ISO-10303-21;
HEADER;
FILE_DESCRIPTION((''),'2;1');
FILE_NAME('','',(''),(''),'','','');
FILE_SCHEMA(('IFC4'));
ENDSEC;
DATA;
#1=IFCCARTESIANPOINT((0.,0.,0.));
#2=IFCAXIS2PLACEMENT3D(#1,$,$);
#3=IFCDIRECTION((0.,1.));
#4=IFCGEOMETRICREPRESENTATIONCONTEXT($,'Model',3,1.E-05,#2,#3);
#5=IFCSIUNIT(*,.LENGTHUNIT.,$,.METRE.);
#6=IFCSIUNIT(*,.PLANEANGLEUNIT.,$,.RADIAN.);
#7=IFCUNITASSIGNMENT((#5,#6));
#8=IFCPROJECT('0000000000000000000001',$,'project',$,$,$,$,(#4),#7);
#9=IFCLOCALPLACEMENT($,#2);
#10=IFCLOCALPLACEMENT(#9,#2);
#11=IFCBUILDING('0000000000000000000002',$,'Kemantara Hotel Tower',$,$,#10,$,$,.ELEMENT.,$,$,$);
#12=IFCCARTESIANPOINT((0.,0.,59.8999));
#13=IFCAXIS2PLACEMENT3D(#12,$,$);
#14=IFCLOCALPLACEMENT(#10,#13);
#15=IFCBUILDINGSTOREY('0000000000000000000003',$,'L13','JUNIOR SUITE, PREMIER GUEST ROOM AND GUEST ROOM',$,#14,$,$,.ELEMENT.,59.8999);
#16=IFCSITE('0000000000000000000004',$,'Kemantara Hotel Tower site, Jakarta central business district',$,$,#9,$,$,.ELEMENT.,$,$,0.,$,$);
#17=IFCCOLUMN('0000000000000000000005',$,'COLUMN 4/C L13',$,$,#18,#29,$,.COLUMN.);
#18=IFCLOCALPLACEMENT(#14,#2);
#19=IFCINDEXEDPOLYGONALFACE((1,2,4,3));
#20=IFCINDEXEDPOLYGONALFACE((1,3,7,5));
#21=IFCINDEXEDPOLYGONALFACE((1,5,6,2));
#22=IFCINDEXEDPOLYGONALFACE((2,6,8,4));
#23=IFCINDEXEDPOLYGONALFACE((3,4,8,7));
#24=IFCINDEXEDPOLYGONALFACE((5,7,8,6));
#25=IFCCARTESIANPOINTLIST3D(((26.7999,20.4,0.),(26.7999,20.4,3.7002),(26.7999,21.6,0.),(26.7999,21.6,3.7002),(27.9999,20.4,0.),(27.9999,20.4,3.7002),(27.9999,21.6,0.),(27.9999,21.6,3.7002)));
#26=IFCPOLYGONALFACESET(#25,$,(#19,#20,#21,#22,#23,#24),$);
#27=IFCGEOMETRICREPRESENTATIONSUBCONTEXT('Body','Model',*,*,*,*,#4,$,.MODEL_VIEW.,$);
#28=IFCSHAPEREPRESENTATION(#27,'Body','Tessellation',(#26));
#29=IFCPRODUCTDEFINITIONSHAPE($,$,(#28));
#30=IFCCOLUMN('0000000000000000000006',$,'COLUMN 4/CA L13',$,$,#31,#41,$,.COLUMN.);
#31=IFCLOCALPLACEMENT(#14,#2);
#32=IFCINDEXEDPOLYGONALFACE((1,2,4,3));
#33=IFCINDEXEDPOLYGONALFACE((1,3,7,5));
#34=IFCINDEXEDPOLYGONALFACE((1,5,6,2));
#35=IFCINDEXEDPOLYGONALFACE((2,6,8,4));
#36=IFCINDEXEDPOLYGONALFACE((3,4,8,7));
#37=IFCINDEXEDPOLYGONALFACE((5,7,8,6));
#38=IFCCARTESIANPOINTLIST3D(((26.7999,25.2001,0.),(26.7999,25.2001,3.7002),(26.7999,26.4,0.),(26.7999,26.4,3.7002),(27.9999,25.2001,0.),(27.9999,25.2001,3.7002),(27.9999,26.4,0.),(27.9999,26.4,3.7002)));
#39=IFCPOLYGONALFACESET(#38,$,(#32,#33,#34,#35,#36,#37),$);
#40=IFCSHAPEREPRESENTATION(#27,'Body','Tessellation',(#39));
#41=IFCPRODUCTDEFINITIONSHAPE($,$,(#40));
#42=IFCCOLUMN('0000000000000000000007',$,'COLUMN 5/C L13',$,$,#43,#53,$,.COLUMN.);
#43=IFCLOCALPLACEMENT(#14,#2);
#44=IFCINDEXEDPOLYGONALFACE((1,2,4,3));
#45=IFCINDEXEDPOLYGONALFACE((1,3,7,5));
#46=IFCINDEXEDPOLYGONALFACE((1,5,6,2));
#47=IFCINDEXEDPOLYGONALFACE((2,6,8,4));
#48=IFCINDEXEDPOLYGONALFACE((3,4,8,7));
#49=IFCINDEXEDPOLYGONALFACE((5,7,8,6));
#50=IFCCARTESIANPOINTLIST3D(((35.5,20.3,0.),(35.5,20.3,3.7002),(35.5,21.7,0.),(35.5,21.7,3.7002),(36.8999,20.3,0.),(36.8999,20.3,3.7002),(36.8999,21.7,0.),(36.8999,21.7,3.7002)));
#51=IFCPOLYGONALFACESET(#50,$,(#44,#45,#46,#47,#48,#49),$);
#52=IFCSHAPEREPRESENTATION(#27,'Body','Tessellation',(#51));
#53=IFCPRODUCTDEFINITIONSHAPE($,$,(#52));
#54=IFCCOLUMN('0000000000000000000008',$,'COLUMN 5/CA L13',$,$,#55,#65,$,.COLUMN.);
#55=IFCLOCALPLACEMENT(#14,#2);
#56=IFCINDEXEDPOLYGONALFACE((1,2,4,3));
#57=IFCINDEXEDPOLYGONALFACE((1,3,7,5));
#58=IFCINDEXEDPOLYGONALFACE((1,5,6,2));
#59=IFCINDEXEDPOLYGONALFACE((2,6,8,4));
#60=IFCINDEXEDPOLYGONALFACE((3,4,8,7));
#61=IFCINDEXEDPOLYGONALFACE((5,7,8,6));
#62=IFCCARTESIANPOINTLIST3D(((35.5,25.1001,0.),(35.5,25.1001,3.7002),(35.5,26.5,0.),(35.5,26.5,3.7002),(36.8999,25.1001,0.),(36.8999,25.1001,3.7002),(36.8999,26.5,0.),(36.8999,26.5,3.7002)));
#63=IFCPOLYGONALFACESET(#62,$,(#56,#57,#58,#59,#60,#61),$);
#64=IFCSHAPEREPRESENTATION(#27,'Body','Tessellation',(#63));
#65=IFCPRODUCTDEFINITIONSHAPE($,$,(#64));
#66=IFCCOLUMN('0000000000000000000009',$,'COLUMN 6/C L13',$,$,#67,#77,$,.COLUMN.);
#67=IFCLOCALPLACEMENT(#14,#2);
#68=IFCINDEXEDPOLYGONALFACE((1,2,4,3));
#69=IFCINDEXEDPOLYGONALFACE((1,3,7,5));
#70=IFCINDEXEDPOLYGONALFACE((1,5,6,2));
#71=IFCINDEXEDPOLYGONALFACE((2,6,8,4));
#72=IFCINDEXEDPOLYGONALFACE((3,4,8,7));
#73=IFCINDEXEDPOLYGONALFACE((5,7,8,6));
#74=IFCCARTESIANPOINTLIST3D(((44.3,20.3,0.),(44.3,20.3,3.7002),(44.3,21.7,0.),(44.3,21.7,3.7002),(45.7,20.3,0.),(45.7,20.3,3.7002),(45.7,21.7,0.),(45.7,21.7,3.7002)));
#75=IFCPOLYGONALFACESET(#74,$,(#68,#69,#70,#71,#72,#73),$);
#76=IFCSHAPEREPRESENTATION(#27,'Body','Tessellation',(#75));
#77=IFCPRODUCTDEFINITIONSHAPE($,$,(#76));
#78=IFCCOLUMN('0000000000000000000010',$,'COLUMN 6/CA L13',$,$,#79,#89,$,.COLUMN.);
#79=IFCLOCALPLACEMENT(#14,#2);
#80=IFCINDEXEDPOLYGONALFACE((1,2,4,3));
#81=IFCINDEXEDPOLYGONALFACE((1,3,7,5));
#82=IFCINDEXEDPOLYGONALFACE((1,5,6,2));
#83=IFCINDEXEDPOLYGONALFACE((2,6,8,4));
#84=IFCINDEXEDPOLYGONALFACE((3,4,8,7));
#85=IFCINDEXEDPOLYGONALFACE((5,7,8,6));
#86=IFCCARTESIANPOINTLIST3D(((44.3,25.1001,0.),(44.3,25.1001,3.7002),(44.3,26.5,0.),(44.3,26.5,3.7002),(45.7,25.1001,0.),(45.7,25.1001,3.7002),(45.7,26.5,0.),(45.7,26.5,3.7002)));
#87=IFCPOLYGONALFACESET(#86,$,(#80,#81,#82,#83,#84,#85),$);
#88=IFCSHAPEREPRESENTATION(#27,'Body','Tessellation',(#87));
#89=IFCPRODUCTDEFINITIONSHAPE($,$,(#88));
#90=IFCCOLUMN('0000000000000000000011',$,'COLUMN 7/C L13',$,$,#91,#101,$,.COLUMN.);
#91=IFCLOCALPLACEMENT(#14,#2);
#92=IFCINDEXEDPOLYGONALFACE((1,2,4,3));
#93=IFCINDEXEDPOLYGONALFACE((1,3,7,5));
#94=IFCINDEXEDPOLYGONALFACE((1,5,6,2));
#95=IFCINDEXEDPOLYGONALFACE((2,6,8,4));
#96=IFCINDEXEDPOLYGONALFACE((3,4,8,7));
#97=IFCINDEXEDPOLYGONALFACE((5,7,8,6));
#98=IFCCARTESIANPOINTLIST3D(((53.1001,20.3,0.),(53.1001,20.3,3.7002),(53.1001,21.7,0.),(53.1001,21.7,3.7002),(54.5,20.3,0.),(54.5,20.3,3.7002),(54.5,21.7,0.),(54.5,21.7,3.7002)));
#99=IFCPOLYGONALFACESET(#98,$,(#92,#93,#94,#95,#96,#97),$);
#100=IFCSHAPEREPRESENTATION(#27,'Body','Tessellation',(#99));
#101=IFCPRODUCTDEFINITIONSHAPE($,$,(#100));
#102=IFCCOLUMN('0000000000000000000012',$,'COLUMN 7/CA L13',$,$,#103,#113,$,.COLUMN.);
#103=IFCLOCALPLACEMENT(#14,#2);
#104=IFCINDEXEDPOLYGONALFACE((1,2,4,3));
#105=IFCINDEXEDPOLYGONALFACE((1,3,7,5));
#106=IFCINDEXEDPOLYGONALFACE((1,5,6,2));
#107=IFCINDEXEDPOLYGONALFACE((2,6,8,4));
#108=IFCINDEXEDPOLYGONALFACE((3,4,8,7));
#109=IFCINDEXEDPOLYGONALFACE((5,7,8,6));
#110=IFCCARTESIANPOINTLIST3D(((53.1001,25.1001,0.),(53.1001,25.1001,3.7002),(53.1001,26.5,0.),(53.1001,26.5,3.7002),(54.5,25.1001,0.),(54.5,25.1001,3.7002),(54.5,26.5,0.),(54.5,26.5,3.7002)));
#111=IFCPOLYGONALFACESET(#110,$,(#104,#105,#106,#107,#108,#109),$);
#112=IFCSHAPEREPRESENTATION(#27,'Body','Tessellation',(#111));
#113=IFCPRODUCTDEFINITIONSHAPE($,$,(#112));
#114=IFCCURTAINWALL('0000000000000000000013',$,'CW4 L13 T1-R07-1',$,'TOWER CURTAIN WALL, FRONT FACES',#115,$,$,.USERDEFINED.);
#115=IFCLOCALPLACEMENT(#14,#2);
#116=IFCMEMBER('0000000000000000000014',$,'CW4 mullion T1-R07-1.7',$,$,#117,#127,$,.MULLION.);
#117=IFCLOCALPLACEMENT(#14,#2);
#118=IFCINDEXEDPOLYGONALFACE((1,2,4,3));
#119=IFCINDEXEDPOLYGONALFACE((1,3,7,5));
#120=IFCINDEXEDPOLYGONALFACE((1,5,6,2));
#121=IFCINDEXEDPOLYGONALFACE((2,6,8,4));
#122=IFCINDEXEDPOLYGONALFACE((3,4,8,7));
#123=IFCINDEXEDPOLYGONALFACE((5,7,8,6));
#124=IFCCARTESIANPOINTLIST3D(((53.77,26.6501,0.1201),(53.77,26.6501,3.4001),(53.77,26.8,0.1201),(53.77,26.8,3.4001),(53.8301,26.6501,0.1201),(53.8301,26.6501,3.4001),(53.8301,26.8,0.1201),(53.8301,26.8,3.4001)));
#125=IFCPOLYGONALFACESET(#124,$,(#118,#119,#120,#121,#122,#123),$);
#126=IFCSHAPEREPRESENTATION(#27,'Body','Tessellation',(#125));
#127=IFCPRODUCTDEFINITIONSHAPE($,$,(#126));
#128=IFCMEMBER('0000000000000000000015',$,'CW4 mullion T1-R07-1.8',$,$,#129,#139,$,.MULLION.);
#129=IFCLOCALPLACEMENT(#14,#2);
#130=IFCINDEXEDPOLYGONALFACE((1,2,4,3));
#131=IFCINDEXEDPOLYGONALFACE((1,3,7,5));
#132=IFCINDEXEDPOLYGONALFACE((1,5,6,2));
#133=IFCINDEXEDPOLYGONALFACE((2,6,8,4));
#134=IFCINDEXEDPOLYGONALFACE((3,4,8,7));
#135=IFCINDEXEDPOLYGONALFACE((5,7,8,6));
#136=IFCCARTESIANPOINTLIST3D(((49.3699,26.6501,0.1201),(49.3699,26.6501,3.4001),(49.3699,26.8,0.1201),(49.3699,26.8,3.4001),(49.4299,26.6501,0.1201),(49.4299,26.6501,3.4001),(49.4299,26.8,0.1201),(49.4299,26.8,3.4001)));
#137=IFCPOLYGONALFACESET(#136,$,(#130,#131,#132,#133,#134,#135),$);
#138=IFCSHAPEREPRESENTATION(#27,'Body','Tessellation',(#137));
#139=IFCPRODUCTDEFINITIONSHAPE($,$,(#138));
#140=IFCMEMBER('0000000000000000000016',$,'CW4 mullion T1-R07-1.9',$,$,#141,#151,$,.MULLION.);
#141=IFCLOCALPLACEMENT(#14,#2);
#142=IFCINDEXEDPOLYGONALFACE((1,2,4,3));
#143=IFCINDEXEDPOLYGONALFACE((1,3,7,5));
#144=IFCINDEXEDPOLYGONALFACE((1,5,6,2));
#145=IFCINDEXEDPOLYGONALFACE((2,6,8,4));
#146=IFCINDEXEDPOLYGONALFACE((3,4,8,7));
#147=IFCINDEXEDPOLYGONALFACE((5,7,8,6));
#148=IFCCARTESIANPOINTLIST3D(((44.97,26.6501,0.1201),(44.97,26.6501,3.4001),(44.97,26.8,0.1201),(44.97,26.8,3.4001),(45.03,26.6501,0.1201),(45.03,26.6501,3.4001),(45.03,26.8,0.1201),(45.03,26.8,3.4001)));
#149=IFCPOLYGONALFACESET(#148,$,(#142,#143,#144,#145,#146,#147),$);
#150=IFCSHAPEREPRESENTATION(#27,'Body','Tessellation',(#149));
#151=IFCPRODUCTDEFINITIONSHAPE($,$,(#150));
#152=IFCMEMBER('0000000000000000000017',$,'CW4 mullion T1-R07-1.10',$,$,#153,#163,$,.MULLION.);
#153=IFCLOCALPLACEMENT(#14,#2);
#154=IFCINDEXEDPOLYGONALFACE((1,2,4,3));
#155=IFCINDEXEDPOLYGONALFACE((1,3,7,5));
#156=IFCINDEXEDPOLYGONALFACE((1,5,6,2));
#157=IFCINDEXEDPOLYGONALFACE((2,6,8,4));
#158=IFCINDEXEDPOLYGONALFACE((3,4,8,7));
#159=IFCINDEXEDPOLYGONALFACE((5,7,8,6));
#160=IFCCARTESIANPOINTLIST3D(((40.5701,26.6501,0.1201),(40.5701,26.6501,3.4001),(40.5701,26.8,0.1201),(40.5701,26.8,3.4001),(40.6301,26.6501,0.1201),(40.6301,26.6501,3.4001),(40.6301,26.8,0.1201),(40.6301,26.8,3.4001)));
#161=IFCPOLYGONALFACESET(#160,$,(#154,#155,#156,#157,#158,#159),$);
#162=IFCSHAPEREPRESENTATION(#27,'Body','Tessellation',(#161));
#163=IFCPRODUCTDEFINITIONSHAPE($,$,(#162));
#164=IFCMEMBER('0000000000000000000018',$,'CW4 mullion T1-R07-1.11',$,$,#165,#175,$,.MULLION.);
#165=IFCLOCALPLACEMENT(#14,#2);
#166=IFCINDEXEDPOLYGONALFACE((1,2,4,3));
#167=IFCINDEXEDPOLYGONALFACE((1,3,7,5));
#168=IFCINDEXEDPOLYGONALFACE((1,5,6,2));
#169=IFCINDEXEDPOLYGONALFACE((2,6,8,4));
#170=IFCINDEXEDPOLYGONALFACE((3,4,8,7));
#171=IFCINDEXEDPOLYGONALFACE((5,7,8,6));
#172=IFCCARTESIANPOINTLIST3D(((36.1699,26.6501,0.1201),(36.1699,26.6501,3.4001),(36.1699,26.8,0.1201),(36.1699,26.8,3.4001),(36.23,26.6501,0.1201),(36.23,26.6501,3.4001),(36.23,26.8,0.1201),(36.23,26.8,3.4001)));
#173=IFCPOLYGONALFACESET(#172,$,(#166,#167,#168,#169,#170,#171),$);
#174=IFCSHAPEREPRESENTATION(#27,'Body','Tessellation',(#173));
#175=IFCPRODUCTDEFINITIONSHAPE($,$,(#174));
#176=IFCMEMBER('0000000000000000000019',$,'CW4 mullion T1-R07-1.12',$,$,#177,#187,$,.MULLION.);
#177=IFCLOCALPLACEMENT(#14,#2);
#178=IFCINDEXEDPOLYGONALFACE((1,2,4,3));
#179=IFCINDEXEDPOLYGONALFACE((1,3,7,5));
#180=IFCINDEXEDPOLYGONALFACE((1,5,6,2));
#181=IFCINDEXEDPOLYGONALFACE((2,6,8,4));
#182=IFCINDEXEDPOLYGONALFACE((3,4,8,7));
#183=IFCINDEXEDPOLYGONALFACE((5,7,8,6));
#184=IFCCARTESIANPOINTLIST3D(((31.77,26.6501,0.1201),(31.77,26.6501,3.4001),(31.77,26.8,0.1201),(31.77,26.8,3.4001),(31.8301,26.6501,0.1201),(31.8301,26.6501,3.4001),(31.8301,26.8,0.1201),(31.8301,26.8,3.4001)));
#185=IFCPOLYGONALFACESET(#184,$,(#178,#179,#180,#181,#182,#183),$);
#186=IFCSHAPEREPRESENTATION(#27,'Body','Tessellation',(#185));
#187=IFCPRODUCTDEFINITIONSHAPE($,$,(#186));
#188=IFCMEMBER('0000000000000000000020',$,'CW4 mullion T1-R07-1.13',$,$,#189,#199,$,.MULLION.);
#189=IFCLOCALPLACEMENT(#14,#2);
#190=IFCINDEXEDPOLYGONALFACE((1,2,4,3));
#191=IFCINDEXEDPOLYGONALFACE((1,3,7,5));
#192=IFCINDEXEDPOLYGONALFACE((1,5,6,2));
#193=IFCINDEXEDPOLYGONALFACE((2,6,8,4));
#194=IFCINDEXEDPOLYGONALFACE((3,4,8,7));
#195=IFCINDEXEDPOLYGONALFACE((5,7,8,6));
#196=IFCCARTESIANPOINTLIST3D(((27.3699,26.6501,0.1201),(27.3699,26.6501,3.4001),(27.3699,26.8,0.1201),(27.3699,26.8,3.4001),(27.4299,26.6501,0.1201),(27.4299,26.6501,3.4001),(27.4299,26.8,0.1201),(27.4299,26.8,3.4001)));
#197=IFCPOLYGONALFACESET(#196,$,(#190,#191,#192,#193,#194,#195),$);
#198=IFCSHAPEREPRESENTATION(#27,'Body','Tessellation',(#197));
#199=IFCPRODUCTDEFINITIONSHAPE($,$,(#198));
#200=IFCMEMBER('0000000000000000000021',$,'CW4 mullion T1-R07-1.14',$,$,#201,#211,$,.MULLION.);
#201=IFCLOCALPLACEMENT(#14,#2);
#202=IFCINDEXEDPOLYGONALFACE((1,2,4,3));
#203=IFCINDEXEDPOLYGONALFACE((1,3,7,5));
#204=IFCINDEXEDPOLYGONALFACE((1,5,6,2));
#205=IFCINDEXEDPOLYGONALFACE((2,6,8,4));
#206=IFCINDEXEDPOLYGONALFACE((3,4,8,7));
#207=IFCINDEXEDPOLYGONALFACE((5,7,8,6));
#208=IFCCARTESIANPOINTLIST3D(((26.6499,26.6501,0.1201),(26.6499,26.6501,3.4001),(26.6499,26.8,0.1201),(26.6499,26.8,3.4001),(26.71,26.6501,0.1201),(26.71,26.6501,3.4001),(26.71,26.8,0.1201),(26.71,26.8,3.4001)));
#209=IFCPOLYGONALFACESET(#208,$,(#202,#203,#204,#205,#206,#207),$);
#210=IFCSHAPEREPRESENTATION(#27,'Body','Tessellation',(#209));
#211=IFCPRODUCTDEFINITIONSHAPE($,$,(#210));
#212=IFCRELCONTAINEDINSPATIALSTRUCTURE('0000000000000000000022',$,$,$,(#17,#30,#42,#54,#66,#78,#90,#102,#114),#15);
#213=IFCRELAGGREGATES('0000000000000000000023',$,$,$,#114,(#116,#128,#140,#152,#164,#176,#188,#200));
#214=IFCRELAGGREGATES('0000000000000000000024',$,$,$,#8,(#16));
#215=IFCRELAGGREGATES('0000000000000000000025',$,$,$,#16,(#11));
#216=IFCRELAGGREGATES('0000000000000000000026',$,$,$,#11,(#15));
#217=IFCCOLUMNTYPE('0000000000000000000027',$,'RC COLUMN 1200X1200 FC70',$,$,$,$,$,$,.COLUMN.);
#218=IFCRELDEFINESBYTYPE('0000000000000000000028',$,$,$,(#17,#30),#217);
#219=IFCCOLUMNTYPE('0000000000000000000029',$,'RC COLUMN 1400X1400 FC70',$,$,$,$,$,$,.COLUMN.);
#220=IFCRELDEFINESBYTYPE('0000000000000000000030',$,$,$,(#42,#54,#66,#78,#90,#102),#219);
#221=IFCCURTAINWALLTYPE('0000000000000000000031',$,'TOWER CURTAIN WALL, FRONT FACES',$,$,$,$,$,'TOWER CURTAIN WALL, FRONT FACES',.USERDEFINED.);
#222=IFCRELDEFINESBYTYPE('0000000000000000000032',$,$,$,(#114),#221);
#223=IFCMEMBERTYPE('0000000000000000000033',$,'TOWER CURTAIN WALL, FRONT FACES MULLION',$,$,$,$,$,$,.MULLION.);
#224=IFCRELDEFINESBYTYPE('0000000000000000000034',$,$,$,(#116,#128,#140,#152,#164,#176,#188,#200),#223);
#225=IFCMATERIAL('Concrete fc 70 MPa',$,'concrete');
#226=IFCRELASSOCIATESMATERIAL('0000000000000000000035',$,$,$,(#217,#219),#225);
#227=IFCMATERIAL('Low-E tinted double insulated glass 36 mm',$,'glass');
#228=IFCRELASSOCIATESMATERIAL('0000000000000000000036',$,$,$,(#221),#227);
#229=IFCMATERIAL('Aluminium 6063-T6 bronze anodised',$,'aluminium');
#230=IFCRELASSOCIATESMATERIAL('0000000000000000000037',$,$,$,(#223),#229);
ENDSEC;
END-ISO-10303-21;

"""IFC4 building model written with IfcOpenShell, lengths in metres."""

from ifc_helpers import new_model, si_unit, direction, frame, origin, origin_2d, place, context, subcontext, project, spatial, rectangle, extrude, source, transform, mapped, material, material_profile, profile_set, type_object, element, aggregate, save


model = new_model("IFC4")

# Units and contexts
model_context = context("Model", 3, precision=1e-05, world=origin(), true_north=direction((0.0, 1.0)))
body_context = subcontext(model_context, "Body", "Model", "MODEL_VIEW")
ifc_project = project(units=[si_unit("LENGTHUNIT", "METRE"), si_unit("PLANEANGLEUNIT", "RADIAN")], contexts=[model_context])

# Site, building, storey
site_placement = place(None, origin())
site = spatial("IfcSite", under=ifc_project, at=site_placement, Name="Kemantara Hotel Tower site, Jakarta central business district", CompositionType="ELEMENT", RefElevation=0.0)
building_placement = place(site_placement, origin())
building = spatial("IfcBuilding", under=site, at=building_placement, Name="Kemantara Hotel Tower", CompositionType="ELEMENT")
storey_placement = place(building_placement, frame((0.0, 0.0, 59.8999)))
storey = spatial("IfcBuildingStorey", under=building, at=storey_placement, Name="L13", Description="JUNIOR SUITE, PREMIER GUEST ROOM AND GUEST ROOM", CompositionType="ELEMENT", Elevation=59.8999)

# Columns
ifc_material_1 = material(Name="Concrete fc 70 MPa", Category="concrete")
ifc_material_profile_1 = material_profile(ifc_material_1, rectangle(XDim=1.2, YDim=1.2, at=origin_2d()), Name="RC 1200X1200")
ifc_profile_set_1 = profile_set([ifc_material_profile_1], Name="Concrete fc 70 MPa")
column_type_1 = type_object("IfcColumnType", Name="RC COLUMN 1200X1200 FC70", PredefinedType="COLUMN", material=ifc_profile_set_1)
for number, where, z_axis, x_axis, name in (
    (1, (27.3999, 21.0, 0.0), (0.0, 0.0, 1.0), (1.0, 0.0, 0.0), "COLUMN 4/C L13"),
    (2, (27.3999, 25.8, 0.0), (0.0, 0.0, 1.0), (1.0, 0.0, 0.0), "COLUMN 4/CA L13"),
):
    element("IfcColumn", number, at=place(storey_placement, frame(where, z_axis=z_axis, x_axis=x_axis)), inside=storey, type_object=column_type_1, Name=name, PredefinedType="COLUMN", context=body_context, shape_type="SweptSolid", body=[
        extrude(rectangle(XDim=1.2, YDim=1.2, at=origin_2d()), origin(), (0.0, 0.0, 1.0), 3.7002),
    ])
ifc_material_profile_2 = material_profile(ifc_material_1, rectangle(XDim=1.3999, YDim=1.3999, at=origin_2d()), Name="RC 1400X1400")
ifc_profile_set_2 = profile_set([ifc_material_profile_2], Name="Concrete fc 70 MPa")
column_type_2 = type_object("IfcColumnType", Name="RC COLUMN 1400X1400 FC70", PredefinedType="COLUMN", material=ifc_profile_set_2)
for number, where, z_axis, x_axis, name in (
    (3, (36.2, 21.0, 0.0), (0.0, 0.0, 1.0), (1.0, 0.0, 0.0), "COLUMN 5/C L13"),
    (4, (36.2, 25.8, 0.0), (0.0, 0.0, 1.0), (1.0, 0.0, 0.0), "COLUMN 5/CA L13"),
    (5, (45.0, 21.0, 0.0), (0.0, 0.0, 1.0), (1.0, 0.0, 0.0), "COLUMN 6/C L13"),
    (6, (45.0, 25.8, 0.0), (0.0, 0.0, 1.0), (1.0, 0.0, 0.0), "COLUMN 6/CA L13"),
    (7, (53.8, 21.0, 0.0), (0.0, 0.0, 1.0), (1.0, 0.0, 0.0), "COLUMN 7/C L13"),
    (8, (53.8, 25.8, 0.0), (0.0, 0.0, 1.0), (1.0, 0.0, 0.0), "COLUMN 7/CA L13"),
):
    element("IfcColumn", number, at=place(storey_placement, frame(where, z_axis=z_axis, x_axis=x_axis)), inside=storey, type_object=column_type_2, Name=name, PredefinedType="COLUMN", context=body_context, shape_type="SweptSolid", body=[
        extrude(rectangle(XDim=1.3999, YDim=1.3999, at=origin_2d()), origin(), (0.0, 0.0, 1.0), 3.7002),
    ])

# Curtain wall, members
ifc_material_2 = material(Name="Low-E tinted double insulated glass 36 mm", Category="glass")
curtain_wall_type = type_object("IfcCurtainWallType", Name="TOWER CURTAIN WALL, FRONT FACES", ElementType="TOWER CURTAIN WALL, FRONT FACES", PredefinedType="USERDEFINED", material=ifc_material_2)
curtain_wall_placement = place(storey_placement, origin())
curtain_wall = element("IfcCurtainWall", 9, at=curtain_wall_placement, inside=storey, type_object=curtain_wall_type, Name="CW4 L13 T1-R07-1", ObjectType="TOWER CURTAIN WALL, FRONT FACES", PredefinedType="USERDEFINED")
ifc_material_3 = material(Name="Aluminium 6063-T6 bronze anodised", Category="aluminium")
ifc_material_profile_3 = material_profile(ifc_material_3, rectangle(XDim=0.1499, YDim=0.0601, at=origin_2d()), Name="TOWER CURTAIN WALL, FRONT FACES MULLION")
ifc_profile_set_3 = profile_set([ifc_material_profile_3], Name="Aluminium 6063-T6 bronze anodised")
member_type = type_object("IfcMemberType", Name="TOWER CURTAIN WALL, FRONT FACES MULLION", PredefinedType="MULLION", material=ifc_profile_set_3)
shared_shape_1 = source(origin(), body_context, "Body", "SweptSolid", [
    extrude(rectangle(XDim=0.1499, YDim=0.0601, at=origin_2d()), origin(), (0.0, 0.0, 1.0), 3.28),
])
member_1_placement = place(storey_placement, frame((53.8, 26.7251, 0.1201), z_axis=(0.0, 0.0, 1.0), x_axis=(0.0, -1.0, 0.0)))
member_1 = element("IfcMember", 10, at=member_1_placement, type_object=member_type, Name="CW4 mullion T1-R07-1.7", PredefinedType="MULLION", context=body_context, shape_type="MappedRepresentation", body=[
    mapped(shared_shape_1, transform((0.0, 0.0, 0.0))),
])
member_2_placement = place(storey_placement, frame((49.3999, 26.7251, 0.1201), z_axis=(0.0, 0.0, 1.0), x_axis=(0.0, -1.0, 0.0)))
member_2 = element("IfcMember", 11, at=member_2_placement, type_object=member_type, Name="CW4 mullion T1-R07-1.8", PredefinedType="MULLION", context=body_context, shape_type="MappedRepresentation", body=[
    mapped(shared_shape_1, transform((0.0, 0.0, 0.0))),
])
member_3_placement = place(storey_placement, frame((45.0, 26.7251, 0.1201), z_axis=(0.0, 0.0, 1.0), x_axis=(0.0, -1.0, 0.0)))
member_3 = element("IfcMember", 12, at=member_3_placement, type_object=member_type, Name="CW4 mullion T1-R07-1.9", PredefinedType="MULLION", context=body_context, shape_type="MappedRepresentation", body=[
    mapped(shared_shape_1, transform((0.0, 0.0, 0.0))),
])
member_4_placement = place(storey_placement, frame((40.6001, 26.7251, 0.1201), z_axis=(0.0, 0.0, 1.0), x_axis=(0.0, -1.0, 0.0)))
member_4 = element("IfcMember", 13, at=member_4_placement, type_object=member_type, Name="CW4 mullion T1-R07-1.10", PredefinedType="MULLION", context=body_context, shape_type="MappedRepresentation", body=[
    mapped(shared_shape_1, transform((0.0, 0.0, 0.0))),
])
member_5_placement = place(storey_placement, frame((36.2, 26.7251, 0.1201), z_axis=(0.0, 0.0, 1.0), x_axis=(0.0, -1.0, 0.0)))
member_5 = element("IfcMember", 14, at=member_5_placement, type_object=member_type, Name="CW4 mullion T1-R07-1.11", PredefinedType="MULLION", context=body_context, shape_type="MappedRepresentation", body=[
    mapped(shared_shape_1, transform((0.0, 0.0, 0.0))),
])
member_6_placement = place(storey_placement, frame((31.8, 26.7251, 0.1201), z_axis=(0.0, 0.0, 1.0), x_axis=(0.0, -1.0, 0.0)))
member_6 = element("IfcMember", 15, at=member_6_placement, type_object=member_type, Name="CW4 mullion T1-R07-1.12", PredefinedType="MULLION", context=body_context, shape_type="MappedRepresentation", body=[
    mapped(shared_shape_1, transform((0.0, 0.0, 0.0))),
])
member_7_placement = place(storey_placement, frame((27.3999, 26.7251, 0.1201), z_axis=(0.0, 0.0, 1.0), x_axis=(0.0, -1.0, 0.0)))
member_7 = element("IfcMember", 16, at=member_7_placement, type_object=member_type, Name="CW4 mullion T1-R07-1.13", PredefinedType="MULLION", context=body_context, shape_type="MappedRepresentation", body=[
    mapped(shared_shape_1, transform((0.0, 0.0, 0.0))),
])
member_8_placement = place(storey_placement, frame((26.6799, 26.7251, 0.1201), z_axis=(0.0, 0.0, 1.0), x_axis=(0.0, -1.0, 0.0)))
member_8 = element("IfcMember", 17, at=member_8_placement, type_object=member_type, Name="CW4 mullion T1-R07-1.14", PredefinedType="MULLION", context=body_context, shape_type="MappedRepresentation", body=[
    mapped(shared_shape_1, transform((0.0, 0.0, 0.0))),
])
aggregate(curtain_wall, [member_1, member_2, member_3, member_4, member_5, member_6, member_7, member_8])

save(model, "model.ifc")
